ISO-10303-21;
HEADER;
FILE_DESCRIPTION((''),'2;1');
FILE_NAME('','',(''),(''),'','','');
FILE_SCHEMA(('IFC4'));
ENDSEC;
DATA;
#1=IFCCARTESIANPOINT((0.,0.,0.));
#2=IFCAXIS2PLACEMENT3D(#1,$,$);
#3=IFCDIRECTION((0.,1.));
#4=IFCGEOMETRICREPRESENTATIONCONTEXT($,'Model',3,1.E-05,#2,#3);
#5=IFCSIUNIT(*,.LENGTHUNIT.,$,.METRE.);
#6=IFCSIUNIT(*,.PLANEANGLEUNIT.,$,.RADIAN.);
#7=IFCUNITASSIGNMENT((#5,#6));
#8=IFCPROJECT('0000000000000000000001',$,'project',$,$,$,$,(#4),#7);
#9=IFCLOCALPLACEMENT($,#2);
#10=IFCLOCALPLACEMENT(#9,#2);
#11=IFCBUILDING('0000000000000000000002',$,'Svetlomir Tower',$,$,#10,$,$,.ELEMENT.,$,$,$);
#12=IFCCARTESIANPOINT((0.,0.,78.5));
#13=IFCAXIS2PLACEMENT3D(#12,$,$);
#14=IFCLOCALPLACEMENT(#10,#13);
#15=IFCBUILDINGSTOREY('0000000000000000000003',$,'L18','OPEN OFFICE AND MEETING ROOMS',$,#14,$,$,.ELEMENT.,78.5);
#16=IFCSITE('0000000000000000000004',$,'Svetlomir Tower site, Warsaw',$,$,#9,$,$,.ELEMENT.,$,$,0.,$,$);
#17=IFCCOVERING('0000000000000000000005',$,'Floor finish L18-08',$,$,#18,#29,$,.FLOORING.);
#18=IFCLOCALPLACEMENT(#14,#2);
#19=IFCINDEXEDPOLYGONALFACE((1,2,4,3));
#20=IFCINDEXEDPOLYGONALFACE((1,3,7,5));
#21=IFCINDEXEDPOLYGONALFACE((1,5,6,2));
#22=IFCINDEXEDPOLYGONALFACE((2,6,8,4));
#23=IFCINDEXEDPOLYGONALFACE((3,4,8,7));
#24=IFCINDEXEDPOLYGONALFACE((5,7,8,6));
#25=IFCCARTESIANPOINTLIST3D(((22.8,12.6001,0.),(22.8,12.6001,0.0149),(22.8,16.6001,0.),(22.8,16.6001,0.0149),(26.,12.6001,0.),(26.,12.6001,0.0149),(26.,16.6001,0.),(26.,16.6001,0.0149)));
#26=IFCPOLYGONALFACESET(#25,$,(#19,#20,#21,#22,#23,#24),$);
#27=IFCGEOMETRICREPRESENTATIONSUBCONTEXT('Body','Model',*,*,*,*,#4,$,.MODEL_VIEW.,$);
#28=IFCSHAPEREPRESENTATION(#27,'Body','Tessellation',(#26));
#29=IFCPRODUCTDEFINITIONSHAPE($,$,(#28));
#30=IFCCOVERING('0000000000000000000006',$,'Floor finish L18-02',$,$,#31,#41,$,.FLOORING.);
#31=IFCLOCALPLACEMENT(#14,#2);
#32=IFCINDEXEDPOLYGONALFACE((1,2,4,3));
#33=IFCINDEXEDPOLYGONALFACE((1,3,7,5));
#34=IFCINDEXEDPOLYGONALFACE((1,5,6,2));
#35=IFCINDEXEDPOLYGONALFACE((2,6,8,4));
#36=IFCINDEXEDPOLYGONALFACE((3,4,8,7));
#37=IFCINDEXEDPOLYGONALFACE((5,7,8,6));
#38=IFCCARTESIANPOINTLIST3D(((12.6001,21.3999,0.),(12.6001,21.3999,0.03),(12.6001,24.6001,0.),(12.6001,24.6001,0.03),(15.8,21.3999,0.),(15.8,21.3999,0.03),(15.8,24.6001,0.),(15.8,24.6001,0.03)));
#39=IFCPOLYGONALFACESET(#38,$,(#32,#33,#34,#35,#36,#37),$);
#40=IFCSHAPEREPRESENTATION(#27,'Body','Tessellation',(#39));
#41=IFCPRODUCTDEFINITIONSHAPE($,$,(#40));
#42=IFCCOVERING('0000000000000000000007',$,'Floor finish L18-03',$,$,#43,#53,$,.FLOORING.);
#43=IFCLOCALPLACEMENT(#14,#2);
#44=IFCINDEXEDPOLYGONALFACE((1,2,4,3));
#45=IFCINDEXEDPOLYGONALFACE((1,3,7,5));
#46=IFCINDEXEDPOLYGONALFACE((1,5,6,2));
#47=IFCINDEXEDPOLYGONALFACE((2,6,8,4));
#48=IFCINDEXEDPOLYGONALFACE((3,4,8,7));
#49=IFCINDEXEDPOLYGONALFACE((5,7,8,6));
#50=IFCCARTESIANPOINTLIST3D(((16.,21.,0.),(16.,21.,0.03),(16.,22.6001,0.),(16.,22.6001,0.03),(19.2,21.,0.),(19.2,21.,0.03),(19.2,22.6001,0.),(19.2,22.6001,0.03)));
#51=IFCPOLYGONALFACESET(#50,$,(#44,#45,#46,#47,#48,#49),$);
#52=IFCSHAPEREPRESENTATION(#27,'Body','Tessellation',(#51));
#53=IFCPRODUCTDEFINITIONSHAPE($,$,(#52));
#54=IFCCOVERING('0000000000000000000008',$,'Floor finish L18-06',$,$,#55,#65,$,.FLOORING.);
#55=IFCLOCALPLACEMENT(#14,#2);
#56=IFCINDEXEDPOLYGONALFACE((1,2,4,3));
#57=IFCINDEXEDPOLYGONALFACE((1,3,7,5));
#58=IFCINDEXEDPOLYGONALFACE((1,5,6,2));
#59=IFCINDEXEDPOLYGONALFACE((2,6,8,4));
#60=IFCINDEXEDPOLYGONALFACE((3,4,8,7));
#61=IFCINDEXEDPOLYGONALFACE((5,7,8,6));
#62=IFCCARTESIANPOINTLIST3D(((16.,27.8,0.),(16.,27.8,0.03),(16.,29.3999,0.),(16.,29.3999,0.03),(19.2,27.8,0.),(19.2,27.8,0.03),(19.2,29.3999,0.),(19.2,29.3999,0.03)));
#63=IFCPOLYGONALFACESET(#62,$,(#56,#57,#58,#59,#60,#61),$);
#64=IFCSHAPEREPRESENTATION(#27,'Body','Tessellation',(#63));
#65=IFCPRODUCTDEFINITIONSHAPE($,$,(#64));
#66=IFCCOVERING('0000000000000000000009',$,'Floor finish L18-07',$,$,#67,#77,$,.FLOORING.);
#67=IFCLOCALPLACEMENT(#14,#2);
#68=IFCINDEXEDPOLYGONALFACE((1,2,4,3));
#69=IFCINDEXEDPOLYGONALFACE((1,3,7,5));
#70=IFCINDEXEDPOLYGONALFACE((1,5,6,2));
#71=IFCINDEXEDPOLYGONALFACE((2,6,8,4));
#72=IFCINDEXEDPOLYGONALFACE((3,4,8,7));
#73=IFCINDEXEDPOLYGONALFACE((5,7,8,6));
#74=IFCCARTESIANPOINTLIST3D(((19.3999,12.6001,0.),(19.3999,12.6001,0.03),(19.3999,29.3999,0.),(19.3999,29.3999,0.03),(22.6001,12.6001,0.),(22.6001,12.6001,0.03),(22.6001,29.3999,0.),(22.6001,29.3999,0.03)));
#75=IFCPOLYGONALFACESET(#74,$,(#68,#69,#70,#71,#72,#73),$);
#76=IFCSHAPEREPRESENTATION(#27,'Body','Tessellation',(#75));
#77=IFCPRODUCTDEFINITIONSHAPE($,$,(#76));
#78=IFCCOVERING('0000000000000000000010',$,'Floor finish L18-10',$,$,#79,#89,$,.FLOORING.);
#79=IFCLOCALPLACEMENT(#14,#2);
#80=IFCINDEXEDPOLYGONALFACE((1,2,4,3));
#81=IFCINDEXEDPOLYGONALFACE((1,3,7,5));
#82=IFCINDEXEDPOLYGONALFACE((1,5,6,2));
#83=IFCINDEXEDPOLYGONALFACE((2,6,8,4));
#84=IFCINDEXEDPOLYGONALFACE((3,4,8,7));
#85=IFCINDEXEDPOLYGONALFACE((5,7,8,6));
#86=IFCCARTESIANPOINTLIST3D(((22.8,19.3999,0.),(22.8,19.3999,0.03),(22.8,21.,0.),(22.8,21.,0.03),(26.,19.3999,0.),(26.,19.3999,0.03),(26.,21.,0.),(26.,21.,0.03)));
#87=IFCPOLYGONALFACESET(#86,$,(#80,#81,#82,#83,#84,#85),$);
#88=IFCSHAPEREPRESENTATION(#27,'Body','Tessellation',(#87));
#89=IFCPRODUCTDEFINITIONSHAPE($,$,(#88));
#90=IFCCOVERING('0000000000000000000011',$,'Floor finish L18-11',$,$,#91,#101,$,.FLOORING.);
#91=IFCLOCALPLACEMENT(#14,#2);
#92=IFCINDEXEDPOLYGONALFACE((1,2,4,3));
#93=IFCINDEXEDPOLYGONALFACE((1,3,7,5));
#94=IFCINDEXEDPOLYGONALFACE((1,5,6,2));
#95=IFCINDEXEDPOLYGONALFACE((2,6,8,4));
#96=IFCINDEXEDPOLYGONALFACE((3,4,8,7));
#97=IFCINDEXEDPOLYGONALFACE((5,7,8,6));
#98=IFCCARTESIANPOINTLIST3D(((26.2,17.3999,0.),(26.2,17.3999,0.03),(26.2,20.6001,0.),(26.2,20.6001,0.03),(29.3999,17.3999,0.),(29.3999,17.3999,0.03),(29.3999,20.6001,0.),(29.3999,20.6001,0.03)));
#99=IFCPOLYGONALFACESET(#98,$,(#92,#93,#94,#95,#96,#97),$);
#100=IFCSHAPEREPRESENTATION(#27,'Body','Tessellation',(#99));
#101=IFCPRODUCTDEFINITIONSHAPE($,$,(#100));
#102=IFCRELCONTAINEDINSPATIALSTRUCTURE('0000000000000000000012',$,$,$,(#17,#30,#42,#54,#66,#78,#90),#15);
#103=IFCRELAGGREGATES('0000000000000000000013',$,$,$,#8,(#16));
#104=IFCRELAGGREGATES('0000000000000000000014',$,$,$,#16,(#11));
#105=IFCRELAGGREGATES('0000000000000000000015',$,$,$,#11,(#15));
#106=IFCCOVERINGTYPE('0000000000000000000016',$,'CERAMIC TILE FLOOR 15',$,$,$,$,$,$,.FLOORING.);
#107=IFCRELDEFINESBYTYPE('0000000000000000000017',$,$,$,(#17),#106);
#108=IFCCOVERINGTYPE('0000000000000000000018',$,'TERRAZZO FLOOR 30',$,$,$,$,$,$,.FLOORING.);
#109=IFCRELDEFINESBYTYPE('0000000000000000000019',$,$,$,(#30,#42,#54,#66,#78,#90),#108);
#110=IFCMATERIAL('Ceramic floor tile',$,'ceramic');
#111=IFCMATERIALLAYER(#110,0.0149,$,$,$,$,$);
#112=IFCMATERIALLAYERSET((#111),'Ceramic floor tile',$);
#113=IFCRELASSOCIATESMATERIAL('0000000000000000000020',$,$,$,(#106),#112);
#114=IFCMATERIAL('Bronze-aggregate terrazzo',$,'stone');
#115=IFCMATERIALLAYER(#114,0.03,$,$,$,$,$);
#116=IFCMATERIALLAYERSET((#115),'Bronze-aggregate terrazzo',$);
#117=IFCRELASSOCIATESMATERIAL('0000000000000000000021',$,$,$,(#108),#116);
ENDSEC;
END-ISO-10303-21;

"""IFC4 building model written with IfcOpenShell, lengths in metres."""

from ifc_helpers import new_model, si_unit, direction, frame, origin, place, context, subcontext, project, spatial, polyline, outline, extrude, material, layer, layer_set, type_object, element, save


model = new_model("IFC4")

# Units and contexts
model_context = context("Model", 3, precision=1e-05, world=origin(), true_north=direction((0.0, 1.0)))
body_context = subcontext(model_context, "Body", "Model", "MODEL_VIEW")
ifc_project = project(units=[si_unit("LENGTHUNIT", "METRE"), si_unit("PLANEANGLEUNIT", "RADIAN")], contexts=[model_context])

# Site, building, storey
site_placement = place(None, origin())
site = spatial("IfcSite", under=ifc_project, at=site_placement, Name="Svetlomir Tower site, Warsaw", CompositionType="ELEMENT", RefElevation=0.0)
building_placement = place(site_placement, origin())
building = spatial("IfcBuilding", under=site, at=building_placement, Name="Svetlomir Tower", CompositionType="ELEMENT")
storey_placement = place(building_placement, frame((0.0, 0.0, 78.5)))
storey = spatial("IfcBuildingStorey", under=building, at=storey_placement, Name="L18", Description="OPEN OFFICE AND MEETING ROOMS", CompositionType="ELEMENT", Elevation=78.5)

# Coverings
ifc_material_1 = material(Name="Ceramic floor tile", Category="ceramic")
ifc_layer_1 = layer(ifc_material_1, 0.0149)
ifc_layer_set_1 = layer_set([ifc_layer_1], Name="Ceramic floor tile")
covering_type_1 = type_object("IfcCoveringType", Name="CERAMIC TILE FLOOR 15", PredefinedType="FLOORING", material=ifc_layer_set_1)
covering_1_placement = place(storey_placement, origin())
element("IfcCovering", 1, at=covering_1_placement, inside=storey, type_object=covering_type_1, Name="Floor finish L18-08", PredefinedType="FLOORING", context=body_context, shape_type="SweptSolid", body=[
    extrude(outline(polyline([(22.8, 12.6001), (26.0, 12.6001), (26.0, 16.6001), (22.8, 16.6001), (22.8, 12.6001)])), origin(), (0.0, 0.0, 1.0), 0.0149),
])
ifc_material_2 = material(Name="Bronze-aggregate terrazzo", Category="stone")
ifc_layer_2 = layer(ifc_material_2, 0.03)
ifc_layer_set_2 = layer_set([ifc_layer_2], Name="Bronze-aggregate terrazzo")
covering_type_2 = type_object("IfcCoveringType", Name="TERRAZZO FLOOR 30", PredefinedType="FLOORING", material=ifc_layer_set_2)
covering_2_placement = place(storey_placement, origin())
element("IfcCovering", 2, at=covering_2_placement, inside=storey, type_object=covering_type_2, Name="Floor finish L18-02", PredefinedType="FLOORING", context=body_context, shape_type="SweptSolid", body=[
    extrude(outline(polyline([(12.6001, 21.3999), (15.8, 21.3999), (15.8, 24.6001), (12.6001, 24.6001), (12.6001, 21.3999)])), origin(), (0.0, 0.0, 1.0), 0.03),
])
covering_3_placement = place(storey_placement, origin())
element("IfcCovering", 3, at=covering_3_placement, inside=storey, type_object=covering_type_2, Name="Floor finish L18-03", PredefinedType="FLOORING", context=body_context, shape_type="SweptSolid", body=[
    extrude(outline(polyline([(16.0, 21.0), (19.2, 21.0), (19.2, 22.6001), (16.0, 22.6001), (16.0, 21.0)])), origin(), (0.0, 0.0, 1.0), 0.03),
])
covering_4_placement = place(storey_placement, origin())
element("IfcCovering", 4, at=covering_4_placement, inside=storey, type_object=covering_type_2, Name="Floor finish L18-06", PredefinedType="FLOORING", context=body_context, shape_type="SweptSolid", body=[
    extrude(outline(polyline([(16.0, 27.8), (19.2, 27.8), (19.2, 29.3999), (16.0, 29.3999), (16.0, 27.8)])), origin(), (0.0, 0.0, 1.0), 0.03),
])
covering_5_placement = place(storey_placement, origin())
element("IfcCovering", 5, at=covering_5_placement, inside=storey, type_object=covering_type_2, Name="Floor finish L18-07", PredefinedType="FLOORING", context=body_context, shape_type="SweptSolid", body=[
    extrude(outline(polyline([(19.3999, 12.6001), (22.6001, 12.6001), (22.6001, 29.3999), (19.3999, 29.3999), (19.3999, 12.6001)])), origin(), (0.0, 0.0, 1.0), 0.03),
])
covering_6_placement = place(storey_placement, origin())
element("IfcCovering", 6, at=covering_6_placement, inside=storey, type_object=covering_type_2, Name="Floor finish L18-10", PredefinedType="FLOORING", context=body_context, shape_type="SweptSolid", body=[
    extrude(outline(polyline([(22.8, 19.3999), (26.0, 19.3999), (26.0, 21.0), (22.8, 21.0), (22.8, 19.3999)])), origin(), (0.0, 0.0, 1.0), 0.03),
])
covering_7_placement = place(storey_placement, origin())
element("IfcCovering", 7, at=covering_7_placement, inside=storey, type_object=covering_type_2, Name="Floor finish L18-11", PredefinedType="FLOORING", context=body_context, shape_type="SweptSolid", body=[
    extrude(outline(polyline([(26.2, 17.3999), (29.3999, 17.3999), (29.3999, 20.6001), (26.2, 20.6001), (26.2, 17.3999)])), origin(), (0.0, 0.0, 1.0), 0.03),
])

save(model, "model.ifc")
